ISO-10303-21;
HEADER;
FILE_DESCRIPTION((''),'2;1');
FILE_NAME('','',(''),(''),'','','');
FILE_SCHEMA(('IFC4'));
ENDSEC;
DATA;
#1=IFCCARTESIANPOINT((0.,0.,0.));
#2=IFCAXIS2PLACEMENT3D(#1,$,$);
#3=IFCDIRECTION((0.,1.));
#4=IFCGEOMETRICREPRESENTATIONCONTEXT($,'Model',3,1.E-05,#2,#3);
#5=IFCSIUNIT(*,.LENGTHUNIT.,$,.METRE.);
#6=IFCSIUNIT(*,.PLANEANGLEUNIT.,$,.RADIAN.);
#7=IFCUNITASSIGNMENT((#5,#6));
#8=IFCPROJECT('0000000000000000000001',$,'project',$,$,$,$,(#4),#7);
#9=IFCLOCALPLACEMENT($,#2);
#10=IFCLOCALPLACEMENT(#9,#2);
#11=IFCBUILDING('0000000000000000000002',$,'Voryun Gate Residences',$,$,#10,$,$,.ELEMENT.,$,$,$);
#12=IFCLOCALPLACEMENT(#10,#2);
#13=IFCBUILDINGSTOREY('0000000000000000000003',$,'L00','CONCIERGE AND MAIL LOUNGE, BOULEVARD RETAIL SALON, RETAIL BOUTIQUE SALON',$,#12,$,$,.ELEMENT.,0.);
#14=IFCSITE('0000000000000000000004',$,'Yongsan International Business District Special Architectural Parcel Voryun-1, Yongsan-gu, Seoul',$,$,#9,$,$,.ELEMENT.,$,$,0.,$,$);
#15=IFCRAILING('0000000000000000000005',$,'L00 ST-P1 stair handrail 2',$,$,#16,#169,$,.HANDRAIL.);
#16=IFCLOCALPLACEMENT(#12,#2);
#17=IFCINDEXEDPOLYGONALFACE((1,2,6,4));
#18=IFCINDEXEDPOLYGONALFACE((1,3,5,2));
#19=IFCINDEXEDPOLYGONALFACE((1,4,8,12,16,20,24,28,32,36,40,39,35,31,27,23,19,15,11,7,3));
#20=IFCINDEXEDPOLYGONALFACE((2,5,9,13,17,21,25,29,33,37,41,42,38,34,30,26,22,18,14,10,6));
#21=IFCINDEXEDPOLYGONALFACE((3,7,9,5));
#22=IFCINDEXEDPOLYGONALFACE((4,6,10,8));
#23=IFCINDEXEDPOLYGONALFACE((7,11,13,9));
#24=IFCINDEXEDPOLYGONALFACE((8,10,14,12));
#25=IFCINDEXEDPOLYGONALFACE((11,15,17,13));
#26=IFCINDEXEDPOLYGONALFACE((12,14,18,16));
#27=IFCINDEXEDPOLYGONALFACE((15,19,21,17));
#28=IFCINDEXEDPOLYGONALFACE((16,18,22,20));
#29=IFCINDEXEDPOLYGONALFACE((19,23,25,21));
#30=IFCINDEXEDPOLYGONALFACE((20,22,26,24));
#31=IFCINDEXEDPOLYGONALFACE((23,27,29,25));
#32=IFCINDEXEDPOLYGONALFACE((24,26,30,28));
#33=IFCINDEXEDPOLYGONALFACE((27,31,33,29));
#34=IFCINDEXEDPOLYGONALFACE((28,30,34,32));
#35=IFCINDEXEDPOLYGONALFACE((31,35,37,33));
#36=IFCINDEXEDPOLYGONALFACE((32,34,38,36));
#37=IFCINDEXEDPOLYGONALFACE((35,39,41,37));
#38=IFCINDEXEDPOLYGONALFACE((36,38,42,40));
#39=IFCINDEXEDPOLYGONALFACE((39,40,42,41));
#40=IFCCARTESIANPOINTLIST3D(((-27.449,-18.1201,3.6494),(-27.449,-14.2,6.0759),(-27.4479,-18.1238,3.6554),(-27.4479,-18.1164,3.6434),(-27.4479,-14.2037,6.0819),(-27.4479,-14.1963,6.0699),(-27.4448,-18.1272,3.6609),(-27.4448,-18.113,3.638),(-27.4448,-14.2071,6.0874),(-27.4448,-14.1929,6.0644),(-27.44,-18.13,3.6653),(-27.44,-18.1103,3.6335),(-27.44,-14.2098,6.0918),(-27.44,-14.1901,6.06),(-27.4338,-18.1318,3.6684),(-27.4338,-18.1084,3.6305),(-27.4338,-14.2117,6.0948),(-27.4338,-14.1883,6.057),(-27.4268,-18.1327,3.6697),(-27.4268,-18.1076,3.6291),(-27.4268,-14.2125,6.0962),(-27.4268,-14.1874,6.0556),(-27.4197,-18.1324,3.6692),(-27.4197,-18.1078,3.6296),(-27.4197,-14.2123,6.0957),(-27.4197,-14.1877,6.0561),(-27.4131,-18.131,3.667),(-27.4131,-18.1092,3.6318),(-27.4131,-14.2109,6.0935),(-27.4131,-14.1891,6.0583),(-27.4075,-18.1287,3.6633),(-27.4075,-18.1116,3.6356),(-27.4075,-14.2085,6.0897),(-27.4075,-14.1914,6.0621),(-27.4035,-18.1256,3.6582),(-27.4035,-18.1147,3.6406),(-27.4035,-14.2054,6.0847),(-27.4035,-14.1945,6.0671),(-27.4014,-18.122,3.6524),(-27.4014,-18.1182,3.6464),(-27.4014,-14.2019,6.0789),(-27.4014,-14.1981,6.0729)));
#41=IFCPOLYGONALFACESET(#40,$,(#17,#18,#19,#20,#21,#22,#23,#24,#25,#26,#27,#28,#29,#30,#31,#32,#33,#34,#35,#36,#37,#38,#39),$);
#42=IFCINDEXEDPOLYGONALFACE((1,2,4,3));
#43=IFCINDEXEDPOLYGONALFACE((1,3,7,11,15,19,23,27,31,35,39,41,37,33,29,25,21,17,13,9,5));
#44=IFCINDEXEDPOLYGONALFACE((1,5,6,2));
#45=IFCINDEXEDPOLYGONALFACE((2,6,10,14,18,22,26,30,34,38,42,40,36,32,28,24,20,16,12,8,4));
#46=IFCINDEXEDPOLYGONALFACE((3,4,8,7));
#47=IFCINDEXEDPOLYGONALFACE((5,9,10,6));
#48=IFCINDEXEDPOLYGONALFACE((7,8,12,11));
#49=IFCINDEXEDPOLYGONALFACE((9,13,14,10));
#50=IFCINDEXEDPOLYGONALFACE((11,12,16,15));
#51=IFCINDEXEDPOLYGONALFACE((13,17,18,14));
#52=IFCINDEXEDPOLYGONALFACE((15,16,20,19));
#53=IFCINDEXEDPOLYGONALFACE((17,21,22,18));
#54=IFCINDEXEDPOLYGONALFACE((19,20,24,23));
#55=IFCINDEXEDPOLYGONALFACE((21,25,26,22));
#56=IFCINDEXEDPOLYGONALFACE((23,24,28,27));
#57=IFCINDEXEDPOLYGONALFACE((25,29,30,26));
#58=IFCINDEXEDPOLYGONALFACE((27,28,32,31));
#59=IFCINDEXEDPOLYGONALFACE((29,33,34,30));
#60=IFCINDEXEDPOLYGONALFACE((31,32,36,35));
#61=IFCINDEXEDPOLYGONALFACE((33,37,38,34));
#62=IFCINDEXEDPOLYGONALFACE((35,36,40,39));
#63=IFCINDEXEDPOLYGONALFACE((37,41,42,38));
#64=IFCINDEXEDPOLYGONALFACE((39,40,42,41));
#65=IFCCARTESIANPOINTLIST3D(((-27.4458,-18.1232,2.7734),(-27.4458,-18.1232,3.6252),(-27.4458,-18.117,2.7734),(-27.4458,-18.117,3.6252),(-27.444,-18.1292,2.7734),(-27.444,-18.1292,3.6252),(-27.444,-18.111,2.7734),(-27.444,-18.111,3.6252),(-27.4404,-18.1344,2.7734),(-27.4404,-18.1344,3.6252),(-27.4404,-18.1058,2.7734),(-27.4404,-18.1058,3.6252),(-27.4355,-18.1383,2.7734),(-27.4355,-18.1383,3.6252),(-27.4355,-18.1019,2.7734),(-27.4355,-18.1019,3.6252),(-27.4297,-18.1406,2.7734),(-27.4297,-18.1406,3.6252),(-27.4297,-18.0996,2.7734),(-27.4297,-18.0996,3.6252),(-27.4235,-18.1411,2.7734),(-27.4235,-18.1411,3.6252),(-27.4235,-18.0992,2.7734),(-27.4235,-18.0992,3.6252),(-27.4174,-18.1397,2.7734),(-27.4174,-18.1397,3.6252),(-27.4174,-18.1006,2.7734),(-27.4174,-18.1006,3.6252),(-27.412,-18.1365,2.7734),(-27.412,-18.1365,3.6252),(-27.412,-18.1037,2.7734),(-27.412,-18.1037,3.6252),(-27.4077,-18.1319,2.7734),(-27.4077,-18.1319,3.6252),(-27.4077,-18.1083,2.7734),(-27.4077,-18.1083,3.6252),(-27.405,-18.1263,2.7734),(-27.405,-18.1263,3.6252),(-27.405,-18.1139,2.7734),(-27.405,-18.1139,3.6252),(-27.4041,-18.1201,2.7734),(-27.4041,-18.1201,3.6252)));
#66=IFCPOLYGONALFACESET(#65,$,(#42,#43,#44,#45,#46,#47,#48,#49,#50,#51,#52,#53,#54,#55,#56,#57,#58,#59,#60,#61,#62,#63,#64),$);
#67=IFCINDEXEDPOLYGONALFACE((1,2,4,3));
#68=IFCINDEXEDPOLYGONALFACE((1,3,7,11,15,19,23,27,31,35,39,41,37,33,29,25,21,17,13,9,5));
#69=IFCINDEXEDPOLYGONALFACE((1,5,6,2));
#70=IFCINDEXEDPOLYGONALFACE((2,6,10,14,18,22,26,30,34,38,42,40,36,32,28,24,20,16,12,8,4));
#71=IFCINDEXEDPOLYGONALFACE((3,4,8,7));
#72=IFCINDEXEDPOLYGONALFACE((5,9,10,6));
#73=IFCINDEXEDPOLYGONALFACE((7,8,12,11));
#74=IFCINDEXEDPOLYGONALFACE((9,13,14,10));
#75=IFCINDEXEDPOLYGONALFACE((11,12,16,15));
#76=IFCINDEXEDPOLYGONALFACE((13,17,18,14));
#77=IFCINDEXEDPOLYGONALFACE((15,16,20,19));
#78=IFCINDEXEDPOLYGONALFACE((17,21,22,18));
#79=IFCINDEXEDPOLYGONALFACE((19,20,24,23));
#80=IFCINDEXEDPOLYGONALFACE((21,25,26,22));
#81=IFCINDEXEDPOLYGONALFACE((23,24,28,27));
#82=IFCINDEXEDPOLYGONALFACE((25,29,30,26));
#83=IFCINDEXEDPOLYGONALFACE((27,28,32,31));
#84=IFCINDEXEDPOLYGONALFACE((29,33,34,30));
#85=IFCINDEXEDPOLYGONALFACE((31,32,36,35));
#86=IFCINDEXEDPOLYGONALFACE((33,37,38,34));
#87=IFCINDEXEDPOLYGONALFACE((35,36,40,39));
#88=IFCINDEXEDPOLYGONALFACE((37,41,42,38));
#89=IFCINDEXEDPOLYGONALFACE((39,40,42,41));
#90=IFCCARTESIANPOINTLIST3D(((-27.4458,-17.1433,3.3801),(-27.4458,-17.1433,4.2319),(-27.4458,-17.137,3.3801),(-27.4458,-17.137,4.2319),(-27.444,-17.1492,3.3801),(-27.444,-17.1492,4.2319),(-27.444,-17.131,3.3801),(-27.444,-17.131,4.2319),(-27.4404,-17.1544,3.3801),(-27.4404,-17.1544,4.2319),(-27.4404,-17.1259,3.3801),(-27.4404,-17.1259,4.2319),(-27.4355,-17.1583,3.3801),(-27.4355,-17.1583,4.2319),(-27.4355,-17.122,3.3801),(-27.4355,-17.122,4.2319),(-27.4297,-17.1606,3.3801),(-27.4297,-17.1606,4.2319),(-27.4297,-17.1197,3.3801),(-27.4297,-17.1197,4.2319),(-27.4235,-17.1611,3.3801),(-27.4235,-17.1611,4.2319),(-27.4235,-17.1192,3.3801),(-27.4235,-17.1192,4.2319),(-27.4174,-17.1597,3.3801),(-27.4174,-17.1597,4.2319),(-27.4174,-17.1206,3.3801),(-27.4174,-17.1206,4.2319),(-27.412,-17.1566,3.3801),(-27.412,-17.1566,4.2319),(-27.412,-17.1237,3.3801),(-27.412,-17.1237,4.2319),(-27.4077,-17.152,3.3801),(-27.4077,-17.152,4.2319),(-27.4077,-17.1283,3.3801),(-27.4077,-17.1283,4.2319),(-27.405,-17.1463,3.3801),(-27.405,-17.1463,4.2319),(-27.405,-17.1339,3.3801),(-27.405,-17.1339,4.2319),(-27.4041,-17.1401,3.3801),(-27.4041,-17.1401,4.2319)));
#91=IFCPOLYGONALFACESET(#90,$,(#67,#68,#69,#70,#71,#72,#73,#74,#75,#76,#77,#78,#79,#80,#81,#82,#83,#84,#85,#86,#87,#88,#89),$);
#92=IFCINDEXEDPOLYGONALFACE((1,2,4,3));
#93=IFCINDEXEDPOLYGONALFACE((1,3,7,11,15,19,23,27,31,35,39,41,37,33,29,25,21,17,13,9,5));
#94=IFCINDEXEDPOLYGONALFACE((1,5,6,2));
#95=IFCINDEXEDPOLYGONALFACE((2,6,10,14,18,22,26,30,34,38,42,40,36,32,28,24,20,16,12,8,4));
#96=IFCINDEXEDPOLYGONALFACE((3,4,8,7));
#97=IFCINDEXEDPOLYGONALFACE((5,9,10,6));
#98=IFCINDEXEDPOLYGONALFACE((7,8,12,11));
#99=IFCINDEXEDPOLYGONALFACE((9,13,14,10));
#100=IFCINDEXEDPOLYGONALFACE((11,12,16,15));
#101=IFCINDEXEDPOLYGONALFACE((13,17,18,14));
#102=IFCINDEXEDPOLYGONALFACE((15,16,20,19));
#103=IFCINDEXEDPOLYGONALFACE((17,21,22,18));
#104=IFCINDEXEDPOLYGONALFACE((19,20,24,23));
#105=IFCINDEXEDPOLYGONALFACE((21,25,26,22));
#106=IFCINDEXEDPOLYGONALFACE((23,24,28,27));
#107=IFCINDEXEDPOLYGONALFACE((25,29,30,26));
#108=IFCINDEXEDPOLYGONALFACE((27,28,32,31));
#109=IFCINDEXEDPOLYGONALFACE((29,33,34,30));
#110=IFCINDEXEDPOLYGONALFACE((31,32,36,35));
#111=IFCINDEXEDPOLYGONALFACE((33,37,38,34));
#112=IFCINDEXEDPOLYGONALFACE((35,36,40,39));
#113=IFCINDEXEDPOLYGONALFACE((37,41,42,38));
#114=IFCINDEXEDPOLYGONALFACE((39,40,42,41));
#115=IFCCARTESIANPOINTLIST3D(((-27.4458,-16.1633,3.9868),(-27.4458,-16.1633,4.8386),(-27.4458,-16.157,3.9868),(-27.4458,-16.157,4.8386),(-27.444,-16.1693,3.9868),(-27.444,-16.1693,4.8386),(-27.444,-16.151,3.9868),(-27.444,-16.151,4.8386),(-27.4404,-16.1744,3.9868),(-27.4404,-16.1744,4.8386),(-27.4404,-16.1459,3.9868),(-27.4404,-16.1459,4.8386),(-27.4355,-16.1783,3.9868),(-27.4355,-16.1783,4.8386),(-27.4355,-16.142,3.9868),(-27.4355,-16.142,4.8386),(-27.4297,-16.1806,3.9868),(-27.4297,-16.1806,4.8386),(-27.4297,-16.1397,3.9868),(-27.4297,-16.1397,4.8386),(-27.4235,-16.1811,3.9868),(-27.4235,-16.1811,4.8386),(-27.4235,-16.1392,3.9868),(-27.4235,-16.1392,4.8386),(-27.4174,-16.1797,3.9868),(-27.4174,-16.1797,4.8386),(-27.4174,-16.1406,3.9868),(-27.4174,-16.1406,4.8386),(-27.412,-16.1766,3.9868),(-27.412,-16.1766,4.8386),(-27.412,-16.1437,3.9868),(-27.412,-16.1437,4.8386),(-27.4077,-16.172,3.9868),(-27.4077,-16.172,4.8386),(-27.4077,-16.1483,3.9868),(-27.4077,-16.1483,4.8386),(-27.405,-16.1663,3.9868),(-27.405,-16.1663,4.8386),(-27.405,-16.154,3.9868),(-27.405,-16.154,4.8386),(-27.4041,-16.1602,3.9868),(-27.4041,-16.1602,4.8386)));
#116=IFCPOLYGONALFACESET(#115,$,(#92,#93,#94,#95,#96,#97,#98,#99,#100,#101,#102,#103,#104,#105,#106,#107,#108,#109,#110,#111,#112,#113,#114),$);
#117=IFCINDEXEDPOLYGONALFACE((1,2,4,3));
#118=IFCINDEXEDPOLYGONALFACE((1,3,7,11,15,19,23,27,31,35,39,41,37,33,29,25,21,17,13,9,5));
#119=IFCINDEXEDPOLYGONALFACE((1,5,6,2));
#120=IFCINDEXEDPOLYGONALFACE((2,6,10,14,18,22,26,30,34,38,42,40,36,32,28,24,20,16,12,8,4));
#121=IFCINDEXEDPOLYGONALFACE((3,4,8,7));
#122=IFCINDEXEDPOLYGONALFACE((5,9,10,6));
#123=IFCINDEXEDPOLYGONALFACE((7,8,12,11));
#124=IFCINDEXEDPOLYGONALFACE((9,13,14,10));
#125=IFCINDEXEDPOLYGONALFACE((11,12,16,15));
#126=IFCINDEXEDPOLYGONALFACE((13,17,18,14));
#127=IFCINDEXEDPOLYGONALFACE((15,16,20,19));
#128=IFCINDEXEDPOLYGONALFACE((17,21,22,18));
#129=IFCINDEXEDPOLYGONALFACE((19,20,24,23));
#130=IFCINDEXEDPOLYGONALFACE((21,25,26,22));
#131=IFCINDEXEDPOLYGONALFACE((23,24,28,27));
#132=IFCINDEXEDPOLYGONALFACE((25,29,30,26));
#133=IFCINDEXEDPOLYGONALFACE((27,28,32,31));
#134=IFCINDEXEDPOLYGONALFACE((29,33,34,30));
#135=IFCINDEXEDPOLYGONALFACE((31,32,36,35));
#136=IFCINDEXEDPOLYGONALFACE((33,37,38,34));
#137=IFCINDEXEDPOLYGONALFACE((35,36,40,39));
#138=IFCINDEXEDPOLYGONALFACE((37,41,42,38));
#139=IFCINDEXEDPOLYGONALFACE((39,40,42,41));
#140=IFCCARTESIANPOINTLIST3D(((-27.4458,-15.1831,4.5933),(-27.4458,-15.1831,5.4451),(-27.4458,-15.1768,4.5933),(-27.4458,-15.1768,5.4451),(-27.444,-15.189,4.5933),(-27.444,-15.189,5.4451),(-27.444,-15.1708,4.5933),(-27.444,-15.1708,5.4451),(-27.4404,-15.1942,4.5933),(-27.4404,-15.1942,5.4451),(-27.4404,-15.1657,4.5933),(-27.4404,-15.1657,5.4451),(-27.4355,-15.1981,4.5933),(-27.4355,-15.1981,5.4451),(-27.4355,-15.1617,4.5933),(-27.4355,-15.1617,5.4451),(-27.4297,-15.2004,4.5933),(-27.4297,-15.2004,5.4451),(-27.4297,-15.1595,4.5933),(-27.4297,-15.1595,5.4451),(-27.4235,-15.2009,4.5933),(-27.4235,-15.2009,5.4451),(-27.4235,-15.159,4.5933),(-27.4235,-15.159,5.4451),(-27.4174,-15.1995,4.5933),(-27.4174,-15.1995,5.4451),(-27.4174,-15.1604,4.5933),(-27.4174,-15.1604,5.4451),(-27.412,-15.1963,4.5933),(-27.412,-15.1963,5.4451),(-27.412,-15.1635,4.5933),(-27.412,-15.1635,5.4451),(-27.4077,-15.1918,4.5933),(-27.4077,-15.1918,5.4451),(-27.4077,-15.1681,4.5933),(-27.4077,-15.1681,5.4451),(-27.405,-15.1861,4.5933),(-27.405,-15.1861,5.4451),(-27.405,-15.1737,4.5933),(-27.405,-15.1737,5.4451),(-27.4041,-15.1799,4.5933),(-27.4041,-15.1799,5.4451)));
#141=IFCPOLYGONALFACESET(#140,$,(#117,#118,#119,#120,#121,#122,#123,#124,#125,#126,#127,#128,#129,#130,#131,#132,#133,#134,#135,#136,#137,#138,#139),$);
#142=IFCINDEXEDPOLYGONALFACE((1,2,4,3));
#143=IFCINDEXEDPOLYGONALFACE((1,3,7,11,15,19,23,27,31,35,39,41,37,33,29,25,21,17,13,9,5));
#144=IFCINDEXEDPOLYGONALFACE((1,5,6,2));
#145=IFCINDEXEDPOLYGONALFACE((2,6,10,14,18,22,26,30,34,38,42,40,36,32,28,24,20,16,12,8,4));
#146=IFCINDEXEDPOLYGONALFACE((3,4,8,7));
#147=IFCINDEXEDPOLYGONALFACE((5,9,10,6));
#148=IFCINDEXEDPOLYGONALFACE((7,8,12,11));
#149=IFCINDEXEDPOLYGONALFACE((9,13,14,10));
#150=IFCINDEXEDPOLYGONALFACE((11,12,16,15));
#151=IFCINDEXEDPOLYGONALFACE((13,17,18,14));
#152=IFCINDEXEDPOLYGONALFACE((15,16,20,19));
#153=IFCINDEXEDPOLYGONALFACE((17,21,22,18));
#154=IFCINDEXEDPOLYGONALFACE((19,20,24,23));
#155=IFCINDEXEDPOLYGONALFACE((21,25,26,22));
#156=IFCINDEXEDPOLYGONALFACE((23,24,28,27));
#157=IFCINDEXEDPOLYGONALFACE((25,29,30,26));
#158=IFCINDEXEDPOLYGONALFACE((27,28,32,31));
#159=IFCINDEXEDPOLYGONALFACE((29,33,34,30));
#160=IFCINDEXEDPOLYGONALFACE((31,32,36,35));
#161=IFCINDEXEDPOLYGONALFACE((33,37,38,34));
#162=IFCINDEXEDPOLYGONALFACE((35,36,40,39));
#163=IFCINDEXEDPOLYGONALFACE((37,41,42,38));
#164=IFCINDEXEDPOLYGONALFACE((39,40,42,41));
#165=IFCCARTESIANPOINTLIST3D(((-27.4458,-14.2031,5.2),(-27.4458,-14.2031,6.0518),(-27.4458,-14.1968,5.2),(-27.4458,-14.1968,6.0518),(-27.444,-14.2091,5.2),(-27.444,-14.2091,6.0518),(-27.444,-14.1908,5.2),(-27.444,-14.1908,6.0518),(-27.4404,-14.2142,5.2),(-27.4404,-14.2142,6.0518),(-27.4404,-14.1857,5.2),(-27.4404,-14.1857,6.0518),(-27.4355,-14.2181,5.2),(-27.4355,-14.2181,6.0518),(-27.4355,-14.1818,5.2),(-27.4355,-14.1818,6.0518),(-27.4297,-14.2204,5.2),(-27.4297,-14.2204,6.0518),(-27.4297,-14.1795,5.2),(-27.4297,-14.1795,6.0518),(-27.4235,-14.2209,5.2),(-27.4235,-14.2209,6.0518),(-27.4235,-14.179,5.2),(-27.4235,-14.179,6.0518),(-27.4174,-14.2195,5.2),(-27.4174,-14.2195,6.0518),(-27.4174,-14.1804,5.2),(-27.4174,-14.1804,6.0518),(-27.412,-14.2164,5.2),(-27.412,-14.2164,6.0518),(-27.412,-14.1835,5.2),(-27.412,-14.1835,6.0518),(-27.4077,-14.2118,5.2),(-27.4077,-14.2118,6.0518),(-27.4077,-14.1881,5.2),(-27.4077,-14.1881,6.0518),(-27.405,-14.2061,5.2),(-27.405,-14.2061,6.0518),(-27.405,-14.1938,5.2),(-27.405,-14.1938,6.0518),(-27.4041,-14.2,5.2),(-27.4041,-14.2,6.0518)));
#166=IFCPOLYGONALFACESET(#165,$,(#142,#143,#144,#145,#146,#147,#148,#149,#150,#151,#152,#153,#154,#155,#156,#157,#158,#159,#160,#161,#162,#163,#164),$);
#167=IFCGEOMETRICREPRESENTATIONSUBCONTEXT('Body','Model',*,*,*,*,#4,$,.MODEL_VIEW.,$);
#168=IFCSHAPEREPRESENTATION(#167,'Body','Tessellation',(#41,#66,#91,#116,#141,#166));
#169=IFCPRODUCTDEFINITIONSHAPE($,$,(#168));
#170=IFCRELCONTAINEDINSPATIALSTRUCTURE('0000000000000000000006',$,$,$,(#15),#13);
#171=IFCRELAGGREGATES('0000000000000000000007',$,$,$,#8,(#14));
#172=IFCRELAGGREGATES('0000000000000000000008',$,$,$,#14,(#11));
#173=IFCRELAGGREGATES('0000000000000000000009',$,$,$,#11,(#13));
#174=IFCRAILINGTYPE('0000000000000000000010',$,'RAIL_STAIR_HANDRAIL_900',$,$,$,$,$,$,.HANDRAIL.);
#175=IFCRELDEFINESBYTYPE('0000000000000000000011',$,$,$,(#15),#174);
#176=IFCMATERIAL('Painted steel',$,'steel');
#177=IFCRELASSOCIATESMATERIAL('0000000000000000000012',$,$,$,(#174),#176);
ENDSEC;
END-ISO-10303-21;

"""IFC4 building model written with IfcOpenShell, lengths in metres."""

from ifc_helpers import new_model, si_unit, direction, frame, origin, origin_2d, place, context, subcontext, project, spatial, circle, extrude, material, type_object, element, save


model = new_model("IFC4")

# Units and contexts
model_context = context("Model", 3, precision=1e-05, world=origin(), true_north=direction((0.0, 1.0)))
body_context = subcontext(model_context, "Body", "Model", "MODEL_VIEW")
ifc_project = project(units=[si_unit("LENGTHUNIT", "METRE"), si_unit("PLANEANGLEUNIT", "RADIAN")], contexts=[model_context])

# Site, building, storey
site_placement = place(None, origin())
site = spatial("IfcSite", under=ifc_project, at=site_placement, Name="Yongsan International Business District Special Architectural Parcel Voryun-1, Yongsan-gu, Seoul", CompositionType="ELEMENT", RefElevation=0.0)
building_placement = place(site_placement, origin())
building = spatial("IfcBuilding", under=site, at=building_placement, Name="Voryun Gate Residences", CompositionType="ELEMENT")
storey_placement = place(building_placement, origin())
storey = spatial("IfcBuildingStorey", under=building, at=storey_placement, Name="L00", Description="CONCIERGE AND MAIL LOUNGE, BOULEVARD RETAIL SALON, RETAIL BOUTIQUE SALON", CompositionType="ELEMENT", Elevation=0.0)

# Railing
ifc_material_1 = material(Name="Painted steel", Category="steel")
railing_type_1 = type_object("IfcRailingType", Name="RAIL_STAIR_HANDRAIL_900", PredefinedType="HANDRAIL", material=ifc_material_1)
railing_1_placement = place(storey_placement, frame((-27.425, -18.1201, 2.7734)))
element("IfcRailing", 1, at=railing_1_placement, inside=storey, type_object=railing_type_1, Name="L00 ST-P1 stair handrail 2", PredefinedType="HANDRAIL", context=body_context, shape_type="SweptSolid", body=[
    extrude(circle(Radius=0.0239, at=origin_2d()), frame((0.0, 0.0, 0.876), z_axis=(0.0, 0.85029, 0.526315), x_axis=(-1.0, 0.0, 0.0)), (0.0, 0.0, 1.0), 4.6104),
    extrude(circle(Radius=0.021, at=origin_2d()), origin(), (0.0, 0.0, 1.0), 0.8518),
    extrude(circle(Radius=0.021, at=origin_2d()), frame((0.0, 0.98, 0.6067)), (0.0, 0.0, 1.0), 0.8518),
    extrude(circle(Radius=0.021, at=origin_2d()), frame((0.0, 1.96, 1.2134)), (0.0, 0.0, 1.0), 0.8518),
    extrude(circle(Radius=0.021, at=origin_2d()), frame((0.0, 2.9402, 1.8198)), (0.0, 0.0, 1.0), 0.8518),
    extrude(circle(Radius=0.021, at=origin_2d()), frame((0.0, 3.9202, 2.4265)), (0.0, 0.0, 1.0), 0.8518),
])

save(model, "model.ifc")
